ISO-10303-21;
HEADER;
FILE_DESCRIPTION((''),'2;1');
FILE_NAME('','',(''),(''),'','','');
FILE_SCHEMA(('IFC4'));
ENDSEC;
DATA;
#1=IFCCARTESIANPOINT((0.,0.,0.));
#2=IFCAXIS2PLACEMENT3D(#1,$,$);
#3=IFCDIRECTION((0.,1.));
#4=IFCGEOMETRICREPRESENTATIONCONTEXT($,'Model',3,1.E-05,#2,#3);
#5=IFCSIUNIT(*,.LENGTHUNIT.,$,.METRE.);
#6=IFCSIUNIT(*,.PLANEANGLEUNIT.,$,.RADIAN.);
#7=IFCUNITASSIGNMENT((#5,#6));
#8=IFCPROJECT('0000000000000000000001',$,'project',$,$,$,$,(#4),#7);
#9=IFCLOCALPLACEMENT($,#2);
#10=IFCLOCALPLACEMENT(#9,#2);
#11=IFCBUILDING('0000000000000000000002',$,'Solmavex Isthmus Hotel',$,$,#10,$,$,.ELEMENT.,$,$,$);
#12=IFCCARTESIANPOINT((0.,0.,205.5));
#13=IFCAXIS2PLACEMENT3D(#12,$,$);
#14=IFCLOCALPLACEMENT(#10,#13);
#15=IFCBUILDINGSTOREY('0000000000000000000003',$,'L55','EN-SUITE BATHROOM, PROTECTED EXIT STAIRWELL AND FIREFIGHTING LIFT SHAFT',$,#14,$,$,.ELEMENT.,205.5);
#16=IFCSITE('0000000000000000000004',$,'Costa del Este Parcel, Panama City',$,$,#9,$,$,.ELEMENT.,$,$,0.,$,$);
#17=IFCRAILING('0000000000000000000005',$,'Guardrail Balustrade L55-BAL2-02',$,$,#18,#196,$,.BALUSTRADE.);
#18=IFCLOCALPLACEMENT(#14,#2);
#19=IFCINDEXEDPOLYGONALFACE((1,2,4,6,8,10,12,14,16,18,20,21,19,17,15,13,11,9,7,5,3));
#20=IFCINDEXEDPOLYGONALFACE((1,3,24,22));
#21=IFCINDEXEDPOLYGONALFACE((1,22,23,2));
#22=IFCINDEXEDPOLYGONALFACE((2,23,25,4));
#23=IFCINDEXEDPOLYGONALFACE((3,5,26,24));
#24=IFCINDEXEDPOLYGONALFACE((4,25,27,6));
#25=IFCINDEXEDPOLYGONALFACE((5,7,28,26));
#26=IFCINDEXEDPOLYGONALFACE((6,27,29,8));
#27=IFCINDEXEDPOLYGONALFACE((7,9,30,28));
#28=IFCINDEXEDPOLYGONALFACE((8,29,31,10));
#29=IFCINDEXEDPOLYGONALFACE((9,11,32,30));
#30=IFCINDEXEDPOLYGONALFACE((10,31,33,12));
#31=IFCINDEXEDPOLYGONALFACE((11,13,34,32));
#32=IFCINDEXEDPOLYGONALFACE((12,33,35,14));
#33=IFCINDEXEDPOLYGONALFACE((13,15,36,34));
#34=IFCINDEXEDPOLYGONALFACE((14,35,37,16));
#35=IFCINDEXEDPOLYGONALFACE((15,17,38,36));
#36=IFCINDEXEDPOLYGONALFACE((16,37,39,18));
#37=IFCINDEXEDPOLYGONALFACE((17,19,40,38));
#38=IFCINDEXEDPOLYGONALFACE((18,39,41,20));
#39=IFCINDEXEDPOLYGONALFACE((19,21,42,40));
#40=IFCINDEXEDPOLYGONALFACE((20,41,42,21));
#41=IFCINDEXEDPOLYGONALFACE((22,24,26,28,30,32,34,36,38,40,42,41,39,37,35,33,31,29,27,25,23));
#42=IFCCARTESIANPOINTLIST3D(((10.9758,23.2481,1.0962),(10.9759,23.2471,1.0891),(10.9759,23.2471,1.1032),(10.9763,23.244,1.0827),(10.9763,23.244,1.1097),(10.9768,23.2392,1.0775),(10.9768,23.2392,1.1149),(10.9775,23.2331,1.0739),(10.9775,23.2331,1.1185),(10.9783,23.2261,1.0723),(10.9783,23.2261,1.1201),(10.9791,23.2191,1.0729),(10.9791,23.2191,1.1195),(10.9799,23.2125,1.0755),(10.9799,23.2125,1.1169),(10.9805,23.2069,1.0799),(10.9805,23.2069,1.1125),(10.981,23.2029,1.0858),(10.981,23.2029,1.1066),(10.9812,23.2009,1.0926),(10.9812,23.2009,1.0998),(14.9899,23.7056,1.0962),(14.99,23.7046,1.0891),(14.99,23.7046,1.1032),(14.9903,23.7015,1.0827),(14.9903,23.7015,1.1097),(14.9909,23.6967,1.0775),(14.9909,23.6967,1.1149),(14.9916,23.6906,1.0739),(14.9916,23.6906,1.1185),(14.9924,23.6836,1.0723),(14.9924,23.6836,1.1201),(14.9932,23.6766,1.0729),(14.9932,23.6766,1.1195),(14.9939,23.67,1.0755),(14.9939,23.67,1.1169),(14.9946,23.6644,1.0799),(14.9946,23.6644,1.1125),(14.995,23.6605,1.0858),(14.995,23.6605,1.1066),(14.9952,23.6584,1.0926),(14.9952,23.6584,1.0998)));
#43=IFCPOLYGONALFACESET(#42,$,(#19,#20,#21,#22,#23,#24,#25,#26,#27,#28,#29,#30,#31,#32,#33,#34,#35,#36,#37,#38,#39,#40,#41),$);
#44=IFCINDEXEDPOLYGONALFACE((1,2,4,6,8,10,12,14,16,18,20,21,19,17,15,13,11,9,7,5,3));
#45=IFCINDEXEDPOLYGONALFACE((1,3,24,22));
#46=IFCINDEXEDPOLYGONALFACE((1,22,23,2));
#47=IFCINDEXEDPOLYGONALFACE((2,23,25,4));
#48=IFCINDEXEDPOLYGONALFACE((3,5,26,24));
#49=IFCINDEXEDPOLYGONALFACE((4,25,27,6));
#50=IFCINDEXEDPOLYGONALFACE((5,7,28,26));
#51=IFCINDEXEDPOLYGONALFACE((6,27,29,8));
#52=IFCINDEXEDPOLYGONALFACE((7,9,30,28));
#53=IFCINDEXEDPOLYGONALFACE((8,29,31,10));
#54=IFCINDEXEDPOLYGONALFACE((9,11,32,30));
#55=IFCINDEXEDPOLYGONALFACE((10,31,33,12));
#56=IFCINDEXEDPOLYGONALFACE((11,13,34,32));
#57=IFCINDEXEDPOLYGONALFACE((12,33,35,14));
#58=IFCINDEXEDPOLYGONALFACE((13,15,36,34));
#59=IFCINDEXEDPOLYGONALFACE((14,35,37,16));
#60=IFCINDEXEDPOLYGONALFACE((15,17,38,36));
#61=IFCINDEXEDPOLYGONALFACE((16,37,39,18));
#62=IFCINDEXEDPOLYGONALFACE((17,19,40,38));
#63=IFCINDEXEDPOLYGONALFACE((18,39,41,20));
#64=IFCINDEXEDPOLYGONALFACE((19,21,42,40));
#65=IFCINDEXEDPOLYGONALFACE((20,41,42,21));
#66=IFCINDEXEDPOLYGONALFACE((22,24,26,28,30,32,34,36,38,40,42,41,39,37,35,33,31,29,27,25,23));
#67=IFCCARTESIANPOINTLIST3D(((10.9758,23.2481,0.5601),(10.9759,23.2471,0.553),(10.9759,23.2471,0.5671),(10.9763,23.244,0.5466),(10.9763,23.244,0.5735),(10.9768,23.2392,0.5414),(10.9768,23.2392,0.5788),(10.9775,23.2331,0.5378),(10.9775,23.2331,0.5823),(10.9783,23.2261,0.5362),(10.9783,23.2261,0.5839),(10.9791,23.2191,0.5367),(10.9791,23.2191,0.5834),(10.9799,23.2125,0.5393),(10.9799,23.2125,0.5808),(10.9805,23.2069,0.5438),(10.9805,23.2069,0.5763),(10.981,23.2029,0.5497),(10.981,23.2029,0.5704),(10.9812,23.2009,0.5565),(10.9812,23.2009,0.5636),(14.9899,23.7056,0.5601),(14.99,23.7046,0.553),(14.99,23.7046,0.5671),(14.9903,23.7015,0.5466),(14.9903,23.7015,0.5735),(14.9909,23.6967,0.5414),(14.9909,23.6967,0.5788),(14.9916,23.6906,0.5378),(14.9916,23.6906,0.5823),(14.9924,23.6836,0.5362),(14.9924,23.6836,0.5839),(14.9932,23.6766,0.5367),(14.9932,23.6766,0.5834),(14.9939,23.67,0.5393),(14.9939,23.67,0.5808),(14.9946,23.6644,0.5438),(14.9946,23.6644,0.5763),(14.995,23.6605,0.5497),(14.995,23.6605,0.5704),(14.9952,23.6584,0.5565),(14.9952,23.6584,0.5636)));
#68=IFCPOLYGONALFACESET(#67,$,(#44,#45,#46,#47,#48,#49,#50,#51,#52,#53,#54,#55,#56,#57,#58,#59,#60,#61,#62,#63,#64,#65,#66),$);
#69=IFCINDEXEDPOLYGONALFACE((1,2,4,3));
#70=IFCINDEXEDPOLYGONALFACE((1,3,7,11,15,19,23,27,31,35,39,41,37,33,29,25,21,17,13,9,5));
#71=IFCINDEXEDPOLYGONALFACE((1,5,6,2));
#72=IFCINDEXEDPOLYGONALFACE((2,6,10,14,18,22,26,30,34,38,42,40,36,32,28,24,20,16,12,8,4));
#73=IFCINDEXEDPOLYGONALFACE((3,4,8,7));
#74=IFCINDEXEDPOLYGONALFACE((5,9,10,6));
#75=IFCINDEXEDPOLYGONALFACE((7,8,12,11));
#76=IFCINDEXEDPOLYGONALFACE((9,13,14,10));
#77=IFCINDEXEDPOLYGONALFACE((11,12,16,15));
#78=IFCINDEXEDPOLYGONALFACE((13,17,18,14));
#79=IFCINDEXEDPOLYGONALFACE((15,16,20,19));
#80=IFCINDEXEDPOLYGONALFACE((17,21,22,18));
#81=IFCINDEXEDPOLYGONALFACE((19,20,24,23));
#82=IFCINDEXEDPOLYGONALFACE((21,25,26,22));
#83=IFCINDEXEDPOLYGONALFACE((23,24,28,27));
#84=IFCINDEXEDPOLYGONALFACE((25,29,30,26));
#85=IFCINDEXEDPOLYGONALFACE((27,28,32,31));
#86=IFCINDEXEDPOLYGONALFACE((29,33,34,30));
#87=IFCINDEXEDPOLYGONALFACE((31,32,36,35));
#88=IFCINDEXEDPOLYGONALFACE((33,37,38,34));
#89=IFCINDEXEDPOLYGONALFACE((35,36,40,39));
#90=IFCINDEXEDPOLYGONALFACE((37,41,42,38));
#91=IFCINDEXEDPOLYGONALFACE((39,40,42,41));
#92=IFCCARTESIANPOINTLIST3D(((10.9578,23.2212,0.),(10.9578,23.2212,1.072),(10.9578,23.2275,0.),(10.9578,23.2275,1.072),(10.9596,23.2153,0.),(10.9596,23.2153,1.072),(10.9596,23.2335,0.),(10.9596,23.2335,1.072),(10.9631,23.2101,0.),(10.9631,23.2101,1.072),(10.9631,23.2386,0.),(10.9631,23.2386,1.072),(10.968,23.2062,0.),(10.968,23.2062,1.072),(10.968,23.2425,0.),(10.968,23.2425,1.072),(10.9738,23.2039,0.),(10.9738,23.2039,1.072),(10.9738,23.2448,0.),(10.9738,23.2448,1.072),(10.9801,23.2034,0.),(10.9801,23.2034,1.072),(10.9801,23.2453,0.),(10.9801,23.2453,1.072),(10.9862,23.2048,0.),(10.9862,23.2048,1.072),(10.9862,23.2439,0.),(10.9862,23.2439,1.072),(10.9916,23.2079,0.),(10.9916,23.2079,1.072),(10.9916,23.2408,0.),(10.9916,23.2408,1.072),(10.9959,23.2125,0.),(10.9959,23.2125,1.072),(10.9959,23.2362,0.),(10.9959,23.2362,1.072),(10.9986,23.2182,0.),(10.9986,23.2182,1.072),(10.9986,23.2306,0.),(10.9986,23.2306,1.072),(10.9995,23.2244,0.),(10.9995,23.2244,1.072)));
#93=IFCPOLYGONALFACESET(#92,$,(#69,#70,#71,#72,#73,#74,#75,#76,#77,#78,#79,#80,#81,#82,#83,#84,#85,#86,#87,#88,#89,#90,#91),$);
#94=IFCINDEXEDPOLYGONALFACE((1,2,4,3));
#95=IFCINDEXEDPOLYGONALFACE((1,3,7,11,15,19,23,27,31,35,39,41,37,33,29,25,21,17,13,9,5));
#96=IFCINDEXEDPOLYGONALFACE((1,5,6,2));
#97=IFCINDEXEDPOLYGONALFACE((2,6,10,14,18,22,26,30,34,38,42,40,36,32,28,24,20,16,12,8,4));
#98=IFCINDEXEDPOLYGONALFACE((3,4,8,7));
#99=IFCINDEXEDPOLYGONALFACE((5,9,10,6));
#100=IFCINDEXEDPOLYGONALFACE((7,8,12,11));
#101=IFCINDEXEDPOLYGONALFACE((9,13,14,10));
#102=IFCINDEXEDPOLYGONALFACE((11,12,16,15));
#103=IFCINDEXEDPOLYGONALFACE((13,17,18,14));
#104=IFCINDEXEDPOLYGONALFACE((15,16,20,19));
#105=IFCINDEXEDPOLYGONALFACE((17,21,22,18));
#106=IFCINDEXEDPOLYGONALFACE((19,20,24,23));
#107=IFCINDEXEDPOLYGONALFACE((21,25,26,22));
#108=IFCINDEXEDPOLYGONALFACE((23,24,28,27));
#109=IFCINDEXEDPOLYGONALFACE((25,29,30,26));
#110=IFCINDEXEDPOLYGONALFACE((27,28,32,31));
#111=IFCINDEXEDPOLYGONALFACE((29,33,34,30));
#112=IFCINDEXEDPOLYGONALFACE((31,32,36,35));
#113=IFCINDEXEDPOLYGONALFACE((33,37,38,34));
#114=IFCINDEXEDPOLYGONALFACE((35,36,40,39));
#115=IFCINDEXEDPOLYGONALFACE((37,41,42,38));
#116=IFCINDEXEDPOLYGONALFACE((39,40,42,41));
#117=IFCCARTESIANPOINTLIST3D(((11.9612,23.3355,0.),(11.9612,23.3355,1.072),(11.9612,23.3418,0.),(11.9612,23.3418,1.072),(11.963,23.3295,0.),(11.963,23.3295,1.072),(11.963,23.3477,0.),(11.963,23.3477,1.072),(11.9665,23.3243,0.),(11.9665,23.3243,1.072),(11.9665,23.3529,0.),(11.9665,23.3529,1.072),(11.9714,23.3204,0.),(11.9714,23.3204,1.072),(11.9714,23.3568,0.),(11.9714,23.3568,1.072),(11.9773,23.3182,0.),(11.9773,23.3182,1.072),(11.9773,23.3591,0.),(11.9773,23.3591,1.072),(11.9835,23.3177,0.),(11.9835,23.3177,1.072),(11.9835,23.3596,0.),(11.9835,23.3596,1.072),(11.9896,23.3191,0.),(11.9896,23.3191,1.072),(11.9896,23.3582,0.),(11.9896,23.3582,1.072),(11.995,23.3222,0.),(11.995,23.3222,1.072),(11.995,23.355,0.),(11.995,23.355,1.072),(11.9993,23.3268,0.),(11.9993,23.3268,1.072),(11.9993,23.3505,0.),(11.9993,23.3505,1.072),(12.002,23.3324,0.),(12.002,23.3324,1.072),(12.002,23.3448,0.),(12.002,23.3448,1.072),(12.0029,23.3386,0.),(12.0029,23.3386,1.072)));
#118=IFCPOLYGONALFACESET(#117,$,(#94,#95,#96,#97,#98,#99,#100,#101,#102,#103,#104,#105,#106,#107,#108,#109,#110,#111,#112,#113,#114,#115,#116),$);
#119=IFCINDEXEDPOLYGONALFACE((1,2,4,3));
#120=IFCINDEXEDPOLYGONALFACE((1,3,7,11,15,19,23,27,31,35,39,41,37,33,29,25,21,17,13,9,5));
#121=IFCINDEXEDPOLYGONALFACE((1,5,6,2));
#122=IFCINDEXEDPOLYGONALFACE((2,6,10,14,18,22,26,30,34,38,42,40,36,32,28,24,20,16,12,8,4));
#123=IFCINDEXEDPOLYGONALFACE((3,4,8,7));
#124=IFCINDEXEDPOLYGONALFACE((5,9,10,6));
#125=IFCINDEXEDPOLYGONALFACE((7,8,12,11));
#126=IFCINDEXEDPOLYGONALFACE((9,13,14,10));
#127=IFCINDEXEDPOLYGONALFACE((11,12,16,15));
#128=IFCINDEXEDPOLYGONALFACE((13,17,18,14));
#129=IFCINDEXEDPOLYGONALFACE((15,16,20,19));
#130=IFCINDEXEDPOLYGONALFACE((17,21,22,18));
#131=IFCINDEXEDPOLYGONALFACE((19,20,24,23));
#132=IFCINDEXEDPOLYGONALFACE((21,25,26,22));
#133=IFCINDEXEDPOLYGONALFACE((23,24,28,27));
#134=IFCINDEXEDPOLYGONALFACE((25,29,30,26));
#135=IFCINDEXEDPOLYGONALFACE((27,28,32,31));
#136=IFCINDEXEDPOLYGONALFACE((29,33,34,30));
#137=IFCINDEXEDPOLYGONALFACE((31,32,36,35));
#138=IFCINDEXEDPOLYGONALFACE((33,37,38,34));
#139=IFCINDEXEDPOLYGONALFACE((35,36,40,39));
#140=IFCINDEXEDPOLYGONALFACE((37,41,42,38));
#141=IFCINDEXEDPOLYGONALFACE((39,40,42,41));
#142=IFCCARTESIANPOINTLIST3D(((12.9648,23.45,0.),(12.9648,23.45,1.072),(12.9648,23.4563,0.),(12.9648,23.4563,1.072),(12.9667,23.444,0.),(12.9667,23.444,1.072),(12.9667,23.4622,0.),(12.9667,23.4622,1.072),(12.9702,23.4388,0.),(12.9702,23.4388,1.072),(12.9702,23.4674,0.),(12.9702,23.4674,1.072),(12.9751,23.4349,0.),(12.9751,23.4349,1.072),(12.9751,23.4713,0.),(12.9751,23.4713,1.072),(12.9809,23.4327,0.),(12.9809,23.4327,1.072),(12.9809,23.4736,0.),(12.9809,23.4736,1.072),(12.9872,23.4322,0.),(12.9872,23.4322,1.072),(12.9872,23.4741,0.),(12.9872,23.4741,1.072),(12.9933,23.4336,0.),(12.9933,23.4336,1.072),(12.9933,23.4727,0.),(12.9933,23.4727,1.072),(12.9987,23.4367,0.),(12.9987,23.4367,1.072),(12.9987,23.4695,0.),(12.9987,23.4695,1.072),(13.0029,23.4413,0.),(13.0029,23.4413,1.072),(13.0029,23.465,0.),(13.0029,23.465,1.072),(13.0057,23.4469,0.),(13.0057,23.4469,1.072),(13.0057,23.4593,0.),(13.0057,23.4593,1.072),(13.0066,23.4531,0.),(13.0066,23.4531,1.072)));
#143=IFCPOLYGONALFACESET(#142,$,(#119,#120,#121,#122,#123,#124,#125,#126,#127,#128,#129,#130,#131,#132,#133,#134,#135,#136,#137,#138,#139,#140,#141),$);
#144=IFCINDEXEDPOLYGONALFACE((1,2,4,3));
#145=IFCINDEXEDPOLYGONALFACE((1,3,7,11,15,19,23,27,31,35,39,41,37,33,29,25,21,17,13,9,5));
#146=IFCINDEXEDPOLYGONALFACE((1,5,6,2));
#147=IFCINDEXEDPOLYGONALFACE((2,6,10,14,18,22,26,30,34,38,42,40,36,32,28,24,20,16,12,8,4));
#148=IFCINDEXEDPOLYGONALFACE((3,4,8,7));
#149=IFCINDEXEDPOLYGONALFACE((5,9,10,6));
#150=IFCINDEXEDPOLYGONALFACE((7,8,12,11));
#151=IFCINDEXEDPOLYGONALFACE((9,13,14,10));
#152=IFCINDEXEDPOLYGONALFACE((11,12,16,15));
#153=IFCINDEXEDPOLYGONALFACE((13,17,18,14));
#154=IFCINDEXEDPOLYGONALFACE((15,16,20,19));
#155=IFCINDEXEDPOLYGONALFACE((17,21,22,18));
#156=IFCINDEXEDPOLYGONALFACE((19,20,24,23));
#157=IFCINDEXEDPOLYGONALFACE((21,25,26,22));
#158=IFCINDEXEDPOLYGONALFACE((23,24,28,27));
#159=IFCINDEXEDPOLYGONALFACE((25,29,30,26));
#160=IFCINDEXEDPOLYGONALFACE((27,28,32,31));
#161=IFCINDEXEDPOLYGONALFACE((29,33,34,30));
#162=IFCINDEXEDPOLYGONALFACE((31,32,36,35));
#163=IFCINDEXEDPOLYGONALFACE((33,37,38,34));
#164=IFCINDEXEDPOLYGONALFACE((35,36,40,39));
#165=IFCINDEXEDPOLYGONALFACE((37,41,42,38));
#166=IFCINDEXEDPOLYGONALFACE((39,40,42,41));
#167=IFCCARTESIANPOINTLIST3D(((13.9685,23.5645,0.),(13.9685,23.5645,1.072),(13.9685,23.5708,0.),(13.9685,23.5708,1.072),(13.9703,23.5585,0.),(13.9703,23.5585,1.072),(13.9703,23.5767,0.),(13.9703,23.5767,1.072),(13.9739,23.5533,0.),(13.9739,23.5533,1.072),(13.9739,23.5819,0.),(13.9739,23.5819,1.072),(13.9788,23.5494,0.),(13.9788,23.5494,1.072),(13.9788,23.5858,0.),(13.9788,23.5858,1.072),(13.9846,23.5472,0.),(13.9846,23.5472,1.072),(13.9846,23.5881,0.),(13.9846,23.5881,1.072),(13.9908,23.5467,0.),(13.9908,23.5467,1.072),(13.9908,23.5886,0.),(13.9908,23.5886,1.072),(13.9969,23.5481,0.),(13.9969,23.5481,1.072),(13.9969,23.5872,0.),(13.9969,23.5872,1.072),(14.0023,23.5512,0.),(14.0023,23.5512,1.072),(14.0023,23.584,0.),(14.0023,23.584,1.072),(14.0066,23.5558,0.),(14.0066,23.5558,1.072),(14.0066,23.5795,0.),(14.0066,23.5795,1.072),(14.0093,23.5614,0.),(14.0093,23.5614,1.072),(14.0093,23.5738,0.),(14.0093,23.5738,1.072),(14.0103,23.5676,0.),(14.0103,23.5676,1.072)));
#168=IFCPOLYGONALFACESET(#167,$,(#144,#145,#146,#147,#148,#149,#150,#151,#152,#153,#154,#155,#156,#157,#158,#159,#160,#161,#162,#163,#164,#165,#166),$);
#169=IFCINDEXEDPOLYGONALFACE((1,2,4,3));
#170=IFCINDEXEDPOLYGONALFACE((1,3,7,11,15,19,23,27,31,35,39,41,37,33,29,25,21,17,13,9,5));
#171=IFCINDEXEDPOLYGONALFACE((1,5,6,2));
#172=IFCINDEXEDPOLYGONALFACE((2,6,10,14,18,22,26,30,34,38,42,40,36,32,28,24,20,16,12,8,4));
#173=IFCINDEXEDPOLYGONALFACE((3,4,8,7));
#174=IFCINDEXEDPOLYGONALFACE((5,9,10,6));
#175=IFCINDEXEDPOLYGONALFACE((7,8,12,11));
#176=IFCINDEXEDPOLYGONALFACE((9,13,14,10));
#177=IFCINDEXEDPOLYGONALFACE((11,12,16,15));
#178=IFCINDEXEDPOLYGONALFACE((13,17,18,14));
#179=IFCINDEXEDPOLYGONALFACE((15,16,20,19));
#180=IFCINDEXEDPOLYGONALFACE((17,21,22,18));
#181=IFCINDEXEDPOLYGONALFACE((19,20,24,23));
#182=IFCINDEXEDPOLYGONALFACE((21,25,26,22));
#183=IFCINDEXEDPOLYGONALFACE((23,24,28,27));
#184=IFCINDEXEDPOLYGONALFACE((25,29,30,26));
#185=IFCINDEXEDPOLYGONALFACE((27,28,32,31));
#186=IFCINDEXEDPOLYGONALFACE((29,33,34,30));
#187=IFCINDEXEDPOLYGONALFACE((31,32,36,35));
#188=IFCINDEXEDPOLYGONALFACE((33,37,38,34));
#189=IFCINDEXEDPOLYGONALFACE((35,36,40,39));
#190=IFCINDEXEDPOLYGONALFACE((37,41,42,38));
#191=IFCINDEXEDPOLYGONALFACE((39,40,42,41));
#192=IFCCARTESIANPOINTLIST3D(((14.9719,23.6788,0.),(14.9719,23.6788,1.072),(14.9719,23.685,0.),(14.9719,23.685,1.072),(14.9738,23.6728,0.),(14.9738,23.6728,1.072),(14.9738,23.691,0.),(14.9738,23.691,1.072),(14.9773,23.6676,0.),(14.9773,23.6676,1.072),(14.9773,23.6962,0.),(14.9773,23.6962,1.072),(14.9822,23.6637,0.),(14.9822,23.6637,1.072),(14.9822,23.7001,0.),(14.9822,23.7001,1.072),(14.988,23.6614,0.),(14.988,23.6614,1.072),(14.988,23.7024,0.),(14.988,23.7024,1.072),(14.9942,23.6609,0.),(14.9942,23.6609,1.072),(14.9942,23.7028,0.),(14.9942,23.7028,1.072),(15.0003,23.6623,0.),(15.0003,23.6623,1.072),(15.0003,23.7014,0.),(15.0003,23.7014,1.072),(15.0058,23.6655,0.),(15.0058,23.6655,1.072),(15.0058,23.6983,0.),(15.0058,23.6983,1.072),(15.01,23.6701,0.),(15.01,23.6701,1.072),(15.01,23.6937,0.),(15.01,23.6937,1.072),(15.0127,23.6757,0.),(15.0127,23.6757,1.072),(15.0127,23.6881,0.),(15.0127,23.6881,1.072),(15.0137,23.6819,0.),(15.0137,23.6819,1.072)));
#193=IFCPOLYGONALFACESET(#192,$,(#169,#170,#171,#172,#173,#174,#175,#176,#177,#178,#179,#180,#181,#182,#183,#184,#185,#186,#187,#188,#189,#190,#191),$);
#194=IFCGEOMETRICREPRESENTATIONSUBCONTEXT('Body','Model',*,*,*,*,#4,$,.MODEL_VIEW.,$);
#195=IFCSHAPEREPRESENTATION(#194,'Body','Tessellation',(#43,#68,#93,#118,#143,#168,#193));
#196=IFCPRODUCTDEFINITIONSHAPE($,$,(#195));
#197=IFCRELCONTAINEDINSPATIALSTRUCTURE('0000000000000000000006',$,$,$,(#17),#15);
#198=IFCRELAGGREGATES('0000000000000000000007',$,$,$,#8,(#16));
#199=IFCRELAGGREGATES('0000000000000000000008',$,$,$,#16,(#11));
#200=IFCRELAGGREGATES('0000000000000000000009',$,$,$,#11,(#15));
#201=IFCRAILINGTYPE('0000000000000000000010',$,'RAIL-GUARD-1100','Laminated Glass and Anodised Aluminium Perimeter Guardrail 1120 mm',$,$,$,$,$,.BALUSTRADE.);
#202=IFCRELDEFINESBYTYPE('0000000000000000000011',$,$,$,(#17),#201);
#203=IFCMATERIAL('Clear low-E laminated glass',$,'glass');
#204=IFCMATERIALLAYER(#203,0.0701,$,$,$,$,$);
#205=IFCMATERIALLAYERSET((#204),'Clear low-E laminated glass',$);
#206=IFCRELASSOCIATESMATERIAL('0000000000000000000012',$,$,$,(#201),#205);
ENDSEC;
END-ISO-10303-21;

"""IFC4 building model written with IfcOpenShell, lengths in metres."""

from ifc_helpers import new_model, si_unit, direction, frame, origin, origin_2d, place, context, subcontext, project, spatial, circle, extrude, material, layer, layer_set, type_object, element, save


model = new_model("IFC4")

# Units and contexts
model_context = context("Model", 3, precision=1e-05, world=origin(), true_north=direction((0.0, 1.0)))
body_context = subcontext(model_context, "Body", "Model", "MODEL_VIEW")
ifc_project = project(units=[si_unit("LENGTHUNIT", "METRE"), si_unit("PLANEANGLEUNIT", "RADIAN")], contexts=[model_context])

# Site, building, storey
site_placement = place(None, origin())
site = spatial("IfcSite", under=ifc_project, at=site_placement, Name="Costa del Este Parcel, Panama City", CompositionType="ELEMENT", RefElevation=0.0)
building_placement = place(site_placement, origin())
building = spatial("IfcBuilding", under=site, at=building_placement, Name="Solmavex Isthmus Hotel", CompositionType="ELEMENT")
storey_placement = place(building_placement, frame((0.0, 0.0, 205.5)))
storey = spatial("IfcBuildingStorey", under=building, at=storey_placement, Name="L55", Description="EN-SUITE BATHROOM, PROTECTED EXIT STAIRWELL AND FIREFIGHTING LIFT SHAFT", CompositionType="ELEMENT", Elevation=205.5)

# Shared definitions
ifc_material_1 = material(Name="Clear low-E laminated glass", Category="glass")

# Railing
ifc_layer_1 = layer(ifc_material_1, 0.0701)
ifc_layer_set_1 = layer_set([ifc_layer_1], Name="Clear low-E laminated glass")
railing_type = type_object("IfcRailingType", Name="RAIL-GUARD-1100", Description="Laminated Glass and Anodised Aluminium Perimeter Guardrail 1120 mm", PredefinedType="BALUSTRADE", material=ifc_layer_set_1)
railing_1_placement = place(storey_placement, frame((10.9785, 23.2244, 0.0)))
element("IfcRailing", 1, at=railing_1_placement, inside=storey, type_object=railing_type, Name="Guardrail Balustrade L55-BAL2-02", PredefinedType="BALUSTRADE", context=body_context, shape_type="SweptSolid", body=[
    extrude(circle(Radius=0.0239, at=origin_2d()), frame((0.0, 0.0, 1.0962), z_axis=(0.993567, 0.113243, 0.0), x_axis=(-0.113243, 0.993567, 0.0)), (0.0, 0.0, 1.0), 4.04),
    extrude(circle(Radius=0.0239, at=origin_2d()), frame((0.0, 0.0, 0.5601), z_axis=(0.993567, 0.113243, 0.0), x_axis=(-0.113243, 0.993567, 0.0)), (0.0, 0.0, 1.0), 4.04),
    extrude(circle(Radius=0.021, at=origin_2d()), origin(), (0.0, 0.0, 1.0), 1.072),
    extrude(circle(Radius=0.021, at=origin_2d()), frame((1.0034, 0.1143, 0.0)), (0.0, 0.0, 1.0), 1.072),
    extrude(circle(Radius=0.021, at=origin_2d()), frame((2.0071, 0.2288, 0.0)), (0.0, 0.0, 1.0), 1.072),
    extrude(circle(Radius=0.021, at=origin_2d()), frame((3.0107, 0.3433, 0.0)), (0.0, 0.0, 1.0), 1.072),
    extrude(circle(Radius=0.021, at=origin_2d()), frame((4.0142, 0.4575, 0.0)), (0.0, 0.0, 1.0), 1.072),
])

save(model, "model.ifc")
